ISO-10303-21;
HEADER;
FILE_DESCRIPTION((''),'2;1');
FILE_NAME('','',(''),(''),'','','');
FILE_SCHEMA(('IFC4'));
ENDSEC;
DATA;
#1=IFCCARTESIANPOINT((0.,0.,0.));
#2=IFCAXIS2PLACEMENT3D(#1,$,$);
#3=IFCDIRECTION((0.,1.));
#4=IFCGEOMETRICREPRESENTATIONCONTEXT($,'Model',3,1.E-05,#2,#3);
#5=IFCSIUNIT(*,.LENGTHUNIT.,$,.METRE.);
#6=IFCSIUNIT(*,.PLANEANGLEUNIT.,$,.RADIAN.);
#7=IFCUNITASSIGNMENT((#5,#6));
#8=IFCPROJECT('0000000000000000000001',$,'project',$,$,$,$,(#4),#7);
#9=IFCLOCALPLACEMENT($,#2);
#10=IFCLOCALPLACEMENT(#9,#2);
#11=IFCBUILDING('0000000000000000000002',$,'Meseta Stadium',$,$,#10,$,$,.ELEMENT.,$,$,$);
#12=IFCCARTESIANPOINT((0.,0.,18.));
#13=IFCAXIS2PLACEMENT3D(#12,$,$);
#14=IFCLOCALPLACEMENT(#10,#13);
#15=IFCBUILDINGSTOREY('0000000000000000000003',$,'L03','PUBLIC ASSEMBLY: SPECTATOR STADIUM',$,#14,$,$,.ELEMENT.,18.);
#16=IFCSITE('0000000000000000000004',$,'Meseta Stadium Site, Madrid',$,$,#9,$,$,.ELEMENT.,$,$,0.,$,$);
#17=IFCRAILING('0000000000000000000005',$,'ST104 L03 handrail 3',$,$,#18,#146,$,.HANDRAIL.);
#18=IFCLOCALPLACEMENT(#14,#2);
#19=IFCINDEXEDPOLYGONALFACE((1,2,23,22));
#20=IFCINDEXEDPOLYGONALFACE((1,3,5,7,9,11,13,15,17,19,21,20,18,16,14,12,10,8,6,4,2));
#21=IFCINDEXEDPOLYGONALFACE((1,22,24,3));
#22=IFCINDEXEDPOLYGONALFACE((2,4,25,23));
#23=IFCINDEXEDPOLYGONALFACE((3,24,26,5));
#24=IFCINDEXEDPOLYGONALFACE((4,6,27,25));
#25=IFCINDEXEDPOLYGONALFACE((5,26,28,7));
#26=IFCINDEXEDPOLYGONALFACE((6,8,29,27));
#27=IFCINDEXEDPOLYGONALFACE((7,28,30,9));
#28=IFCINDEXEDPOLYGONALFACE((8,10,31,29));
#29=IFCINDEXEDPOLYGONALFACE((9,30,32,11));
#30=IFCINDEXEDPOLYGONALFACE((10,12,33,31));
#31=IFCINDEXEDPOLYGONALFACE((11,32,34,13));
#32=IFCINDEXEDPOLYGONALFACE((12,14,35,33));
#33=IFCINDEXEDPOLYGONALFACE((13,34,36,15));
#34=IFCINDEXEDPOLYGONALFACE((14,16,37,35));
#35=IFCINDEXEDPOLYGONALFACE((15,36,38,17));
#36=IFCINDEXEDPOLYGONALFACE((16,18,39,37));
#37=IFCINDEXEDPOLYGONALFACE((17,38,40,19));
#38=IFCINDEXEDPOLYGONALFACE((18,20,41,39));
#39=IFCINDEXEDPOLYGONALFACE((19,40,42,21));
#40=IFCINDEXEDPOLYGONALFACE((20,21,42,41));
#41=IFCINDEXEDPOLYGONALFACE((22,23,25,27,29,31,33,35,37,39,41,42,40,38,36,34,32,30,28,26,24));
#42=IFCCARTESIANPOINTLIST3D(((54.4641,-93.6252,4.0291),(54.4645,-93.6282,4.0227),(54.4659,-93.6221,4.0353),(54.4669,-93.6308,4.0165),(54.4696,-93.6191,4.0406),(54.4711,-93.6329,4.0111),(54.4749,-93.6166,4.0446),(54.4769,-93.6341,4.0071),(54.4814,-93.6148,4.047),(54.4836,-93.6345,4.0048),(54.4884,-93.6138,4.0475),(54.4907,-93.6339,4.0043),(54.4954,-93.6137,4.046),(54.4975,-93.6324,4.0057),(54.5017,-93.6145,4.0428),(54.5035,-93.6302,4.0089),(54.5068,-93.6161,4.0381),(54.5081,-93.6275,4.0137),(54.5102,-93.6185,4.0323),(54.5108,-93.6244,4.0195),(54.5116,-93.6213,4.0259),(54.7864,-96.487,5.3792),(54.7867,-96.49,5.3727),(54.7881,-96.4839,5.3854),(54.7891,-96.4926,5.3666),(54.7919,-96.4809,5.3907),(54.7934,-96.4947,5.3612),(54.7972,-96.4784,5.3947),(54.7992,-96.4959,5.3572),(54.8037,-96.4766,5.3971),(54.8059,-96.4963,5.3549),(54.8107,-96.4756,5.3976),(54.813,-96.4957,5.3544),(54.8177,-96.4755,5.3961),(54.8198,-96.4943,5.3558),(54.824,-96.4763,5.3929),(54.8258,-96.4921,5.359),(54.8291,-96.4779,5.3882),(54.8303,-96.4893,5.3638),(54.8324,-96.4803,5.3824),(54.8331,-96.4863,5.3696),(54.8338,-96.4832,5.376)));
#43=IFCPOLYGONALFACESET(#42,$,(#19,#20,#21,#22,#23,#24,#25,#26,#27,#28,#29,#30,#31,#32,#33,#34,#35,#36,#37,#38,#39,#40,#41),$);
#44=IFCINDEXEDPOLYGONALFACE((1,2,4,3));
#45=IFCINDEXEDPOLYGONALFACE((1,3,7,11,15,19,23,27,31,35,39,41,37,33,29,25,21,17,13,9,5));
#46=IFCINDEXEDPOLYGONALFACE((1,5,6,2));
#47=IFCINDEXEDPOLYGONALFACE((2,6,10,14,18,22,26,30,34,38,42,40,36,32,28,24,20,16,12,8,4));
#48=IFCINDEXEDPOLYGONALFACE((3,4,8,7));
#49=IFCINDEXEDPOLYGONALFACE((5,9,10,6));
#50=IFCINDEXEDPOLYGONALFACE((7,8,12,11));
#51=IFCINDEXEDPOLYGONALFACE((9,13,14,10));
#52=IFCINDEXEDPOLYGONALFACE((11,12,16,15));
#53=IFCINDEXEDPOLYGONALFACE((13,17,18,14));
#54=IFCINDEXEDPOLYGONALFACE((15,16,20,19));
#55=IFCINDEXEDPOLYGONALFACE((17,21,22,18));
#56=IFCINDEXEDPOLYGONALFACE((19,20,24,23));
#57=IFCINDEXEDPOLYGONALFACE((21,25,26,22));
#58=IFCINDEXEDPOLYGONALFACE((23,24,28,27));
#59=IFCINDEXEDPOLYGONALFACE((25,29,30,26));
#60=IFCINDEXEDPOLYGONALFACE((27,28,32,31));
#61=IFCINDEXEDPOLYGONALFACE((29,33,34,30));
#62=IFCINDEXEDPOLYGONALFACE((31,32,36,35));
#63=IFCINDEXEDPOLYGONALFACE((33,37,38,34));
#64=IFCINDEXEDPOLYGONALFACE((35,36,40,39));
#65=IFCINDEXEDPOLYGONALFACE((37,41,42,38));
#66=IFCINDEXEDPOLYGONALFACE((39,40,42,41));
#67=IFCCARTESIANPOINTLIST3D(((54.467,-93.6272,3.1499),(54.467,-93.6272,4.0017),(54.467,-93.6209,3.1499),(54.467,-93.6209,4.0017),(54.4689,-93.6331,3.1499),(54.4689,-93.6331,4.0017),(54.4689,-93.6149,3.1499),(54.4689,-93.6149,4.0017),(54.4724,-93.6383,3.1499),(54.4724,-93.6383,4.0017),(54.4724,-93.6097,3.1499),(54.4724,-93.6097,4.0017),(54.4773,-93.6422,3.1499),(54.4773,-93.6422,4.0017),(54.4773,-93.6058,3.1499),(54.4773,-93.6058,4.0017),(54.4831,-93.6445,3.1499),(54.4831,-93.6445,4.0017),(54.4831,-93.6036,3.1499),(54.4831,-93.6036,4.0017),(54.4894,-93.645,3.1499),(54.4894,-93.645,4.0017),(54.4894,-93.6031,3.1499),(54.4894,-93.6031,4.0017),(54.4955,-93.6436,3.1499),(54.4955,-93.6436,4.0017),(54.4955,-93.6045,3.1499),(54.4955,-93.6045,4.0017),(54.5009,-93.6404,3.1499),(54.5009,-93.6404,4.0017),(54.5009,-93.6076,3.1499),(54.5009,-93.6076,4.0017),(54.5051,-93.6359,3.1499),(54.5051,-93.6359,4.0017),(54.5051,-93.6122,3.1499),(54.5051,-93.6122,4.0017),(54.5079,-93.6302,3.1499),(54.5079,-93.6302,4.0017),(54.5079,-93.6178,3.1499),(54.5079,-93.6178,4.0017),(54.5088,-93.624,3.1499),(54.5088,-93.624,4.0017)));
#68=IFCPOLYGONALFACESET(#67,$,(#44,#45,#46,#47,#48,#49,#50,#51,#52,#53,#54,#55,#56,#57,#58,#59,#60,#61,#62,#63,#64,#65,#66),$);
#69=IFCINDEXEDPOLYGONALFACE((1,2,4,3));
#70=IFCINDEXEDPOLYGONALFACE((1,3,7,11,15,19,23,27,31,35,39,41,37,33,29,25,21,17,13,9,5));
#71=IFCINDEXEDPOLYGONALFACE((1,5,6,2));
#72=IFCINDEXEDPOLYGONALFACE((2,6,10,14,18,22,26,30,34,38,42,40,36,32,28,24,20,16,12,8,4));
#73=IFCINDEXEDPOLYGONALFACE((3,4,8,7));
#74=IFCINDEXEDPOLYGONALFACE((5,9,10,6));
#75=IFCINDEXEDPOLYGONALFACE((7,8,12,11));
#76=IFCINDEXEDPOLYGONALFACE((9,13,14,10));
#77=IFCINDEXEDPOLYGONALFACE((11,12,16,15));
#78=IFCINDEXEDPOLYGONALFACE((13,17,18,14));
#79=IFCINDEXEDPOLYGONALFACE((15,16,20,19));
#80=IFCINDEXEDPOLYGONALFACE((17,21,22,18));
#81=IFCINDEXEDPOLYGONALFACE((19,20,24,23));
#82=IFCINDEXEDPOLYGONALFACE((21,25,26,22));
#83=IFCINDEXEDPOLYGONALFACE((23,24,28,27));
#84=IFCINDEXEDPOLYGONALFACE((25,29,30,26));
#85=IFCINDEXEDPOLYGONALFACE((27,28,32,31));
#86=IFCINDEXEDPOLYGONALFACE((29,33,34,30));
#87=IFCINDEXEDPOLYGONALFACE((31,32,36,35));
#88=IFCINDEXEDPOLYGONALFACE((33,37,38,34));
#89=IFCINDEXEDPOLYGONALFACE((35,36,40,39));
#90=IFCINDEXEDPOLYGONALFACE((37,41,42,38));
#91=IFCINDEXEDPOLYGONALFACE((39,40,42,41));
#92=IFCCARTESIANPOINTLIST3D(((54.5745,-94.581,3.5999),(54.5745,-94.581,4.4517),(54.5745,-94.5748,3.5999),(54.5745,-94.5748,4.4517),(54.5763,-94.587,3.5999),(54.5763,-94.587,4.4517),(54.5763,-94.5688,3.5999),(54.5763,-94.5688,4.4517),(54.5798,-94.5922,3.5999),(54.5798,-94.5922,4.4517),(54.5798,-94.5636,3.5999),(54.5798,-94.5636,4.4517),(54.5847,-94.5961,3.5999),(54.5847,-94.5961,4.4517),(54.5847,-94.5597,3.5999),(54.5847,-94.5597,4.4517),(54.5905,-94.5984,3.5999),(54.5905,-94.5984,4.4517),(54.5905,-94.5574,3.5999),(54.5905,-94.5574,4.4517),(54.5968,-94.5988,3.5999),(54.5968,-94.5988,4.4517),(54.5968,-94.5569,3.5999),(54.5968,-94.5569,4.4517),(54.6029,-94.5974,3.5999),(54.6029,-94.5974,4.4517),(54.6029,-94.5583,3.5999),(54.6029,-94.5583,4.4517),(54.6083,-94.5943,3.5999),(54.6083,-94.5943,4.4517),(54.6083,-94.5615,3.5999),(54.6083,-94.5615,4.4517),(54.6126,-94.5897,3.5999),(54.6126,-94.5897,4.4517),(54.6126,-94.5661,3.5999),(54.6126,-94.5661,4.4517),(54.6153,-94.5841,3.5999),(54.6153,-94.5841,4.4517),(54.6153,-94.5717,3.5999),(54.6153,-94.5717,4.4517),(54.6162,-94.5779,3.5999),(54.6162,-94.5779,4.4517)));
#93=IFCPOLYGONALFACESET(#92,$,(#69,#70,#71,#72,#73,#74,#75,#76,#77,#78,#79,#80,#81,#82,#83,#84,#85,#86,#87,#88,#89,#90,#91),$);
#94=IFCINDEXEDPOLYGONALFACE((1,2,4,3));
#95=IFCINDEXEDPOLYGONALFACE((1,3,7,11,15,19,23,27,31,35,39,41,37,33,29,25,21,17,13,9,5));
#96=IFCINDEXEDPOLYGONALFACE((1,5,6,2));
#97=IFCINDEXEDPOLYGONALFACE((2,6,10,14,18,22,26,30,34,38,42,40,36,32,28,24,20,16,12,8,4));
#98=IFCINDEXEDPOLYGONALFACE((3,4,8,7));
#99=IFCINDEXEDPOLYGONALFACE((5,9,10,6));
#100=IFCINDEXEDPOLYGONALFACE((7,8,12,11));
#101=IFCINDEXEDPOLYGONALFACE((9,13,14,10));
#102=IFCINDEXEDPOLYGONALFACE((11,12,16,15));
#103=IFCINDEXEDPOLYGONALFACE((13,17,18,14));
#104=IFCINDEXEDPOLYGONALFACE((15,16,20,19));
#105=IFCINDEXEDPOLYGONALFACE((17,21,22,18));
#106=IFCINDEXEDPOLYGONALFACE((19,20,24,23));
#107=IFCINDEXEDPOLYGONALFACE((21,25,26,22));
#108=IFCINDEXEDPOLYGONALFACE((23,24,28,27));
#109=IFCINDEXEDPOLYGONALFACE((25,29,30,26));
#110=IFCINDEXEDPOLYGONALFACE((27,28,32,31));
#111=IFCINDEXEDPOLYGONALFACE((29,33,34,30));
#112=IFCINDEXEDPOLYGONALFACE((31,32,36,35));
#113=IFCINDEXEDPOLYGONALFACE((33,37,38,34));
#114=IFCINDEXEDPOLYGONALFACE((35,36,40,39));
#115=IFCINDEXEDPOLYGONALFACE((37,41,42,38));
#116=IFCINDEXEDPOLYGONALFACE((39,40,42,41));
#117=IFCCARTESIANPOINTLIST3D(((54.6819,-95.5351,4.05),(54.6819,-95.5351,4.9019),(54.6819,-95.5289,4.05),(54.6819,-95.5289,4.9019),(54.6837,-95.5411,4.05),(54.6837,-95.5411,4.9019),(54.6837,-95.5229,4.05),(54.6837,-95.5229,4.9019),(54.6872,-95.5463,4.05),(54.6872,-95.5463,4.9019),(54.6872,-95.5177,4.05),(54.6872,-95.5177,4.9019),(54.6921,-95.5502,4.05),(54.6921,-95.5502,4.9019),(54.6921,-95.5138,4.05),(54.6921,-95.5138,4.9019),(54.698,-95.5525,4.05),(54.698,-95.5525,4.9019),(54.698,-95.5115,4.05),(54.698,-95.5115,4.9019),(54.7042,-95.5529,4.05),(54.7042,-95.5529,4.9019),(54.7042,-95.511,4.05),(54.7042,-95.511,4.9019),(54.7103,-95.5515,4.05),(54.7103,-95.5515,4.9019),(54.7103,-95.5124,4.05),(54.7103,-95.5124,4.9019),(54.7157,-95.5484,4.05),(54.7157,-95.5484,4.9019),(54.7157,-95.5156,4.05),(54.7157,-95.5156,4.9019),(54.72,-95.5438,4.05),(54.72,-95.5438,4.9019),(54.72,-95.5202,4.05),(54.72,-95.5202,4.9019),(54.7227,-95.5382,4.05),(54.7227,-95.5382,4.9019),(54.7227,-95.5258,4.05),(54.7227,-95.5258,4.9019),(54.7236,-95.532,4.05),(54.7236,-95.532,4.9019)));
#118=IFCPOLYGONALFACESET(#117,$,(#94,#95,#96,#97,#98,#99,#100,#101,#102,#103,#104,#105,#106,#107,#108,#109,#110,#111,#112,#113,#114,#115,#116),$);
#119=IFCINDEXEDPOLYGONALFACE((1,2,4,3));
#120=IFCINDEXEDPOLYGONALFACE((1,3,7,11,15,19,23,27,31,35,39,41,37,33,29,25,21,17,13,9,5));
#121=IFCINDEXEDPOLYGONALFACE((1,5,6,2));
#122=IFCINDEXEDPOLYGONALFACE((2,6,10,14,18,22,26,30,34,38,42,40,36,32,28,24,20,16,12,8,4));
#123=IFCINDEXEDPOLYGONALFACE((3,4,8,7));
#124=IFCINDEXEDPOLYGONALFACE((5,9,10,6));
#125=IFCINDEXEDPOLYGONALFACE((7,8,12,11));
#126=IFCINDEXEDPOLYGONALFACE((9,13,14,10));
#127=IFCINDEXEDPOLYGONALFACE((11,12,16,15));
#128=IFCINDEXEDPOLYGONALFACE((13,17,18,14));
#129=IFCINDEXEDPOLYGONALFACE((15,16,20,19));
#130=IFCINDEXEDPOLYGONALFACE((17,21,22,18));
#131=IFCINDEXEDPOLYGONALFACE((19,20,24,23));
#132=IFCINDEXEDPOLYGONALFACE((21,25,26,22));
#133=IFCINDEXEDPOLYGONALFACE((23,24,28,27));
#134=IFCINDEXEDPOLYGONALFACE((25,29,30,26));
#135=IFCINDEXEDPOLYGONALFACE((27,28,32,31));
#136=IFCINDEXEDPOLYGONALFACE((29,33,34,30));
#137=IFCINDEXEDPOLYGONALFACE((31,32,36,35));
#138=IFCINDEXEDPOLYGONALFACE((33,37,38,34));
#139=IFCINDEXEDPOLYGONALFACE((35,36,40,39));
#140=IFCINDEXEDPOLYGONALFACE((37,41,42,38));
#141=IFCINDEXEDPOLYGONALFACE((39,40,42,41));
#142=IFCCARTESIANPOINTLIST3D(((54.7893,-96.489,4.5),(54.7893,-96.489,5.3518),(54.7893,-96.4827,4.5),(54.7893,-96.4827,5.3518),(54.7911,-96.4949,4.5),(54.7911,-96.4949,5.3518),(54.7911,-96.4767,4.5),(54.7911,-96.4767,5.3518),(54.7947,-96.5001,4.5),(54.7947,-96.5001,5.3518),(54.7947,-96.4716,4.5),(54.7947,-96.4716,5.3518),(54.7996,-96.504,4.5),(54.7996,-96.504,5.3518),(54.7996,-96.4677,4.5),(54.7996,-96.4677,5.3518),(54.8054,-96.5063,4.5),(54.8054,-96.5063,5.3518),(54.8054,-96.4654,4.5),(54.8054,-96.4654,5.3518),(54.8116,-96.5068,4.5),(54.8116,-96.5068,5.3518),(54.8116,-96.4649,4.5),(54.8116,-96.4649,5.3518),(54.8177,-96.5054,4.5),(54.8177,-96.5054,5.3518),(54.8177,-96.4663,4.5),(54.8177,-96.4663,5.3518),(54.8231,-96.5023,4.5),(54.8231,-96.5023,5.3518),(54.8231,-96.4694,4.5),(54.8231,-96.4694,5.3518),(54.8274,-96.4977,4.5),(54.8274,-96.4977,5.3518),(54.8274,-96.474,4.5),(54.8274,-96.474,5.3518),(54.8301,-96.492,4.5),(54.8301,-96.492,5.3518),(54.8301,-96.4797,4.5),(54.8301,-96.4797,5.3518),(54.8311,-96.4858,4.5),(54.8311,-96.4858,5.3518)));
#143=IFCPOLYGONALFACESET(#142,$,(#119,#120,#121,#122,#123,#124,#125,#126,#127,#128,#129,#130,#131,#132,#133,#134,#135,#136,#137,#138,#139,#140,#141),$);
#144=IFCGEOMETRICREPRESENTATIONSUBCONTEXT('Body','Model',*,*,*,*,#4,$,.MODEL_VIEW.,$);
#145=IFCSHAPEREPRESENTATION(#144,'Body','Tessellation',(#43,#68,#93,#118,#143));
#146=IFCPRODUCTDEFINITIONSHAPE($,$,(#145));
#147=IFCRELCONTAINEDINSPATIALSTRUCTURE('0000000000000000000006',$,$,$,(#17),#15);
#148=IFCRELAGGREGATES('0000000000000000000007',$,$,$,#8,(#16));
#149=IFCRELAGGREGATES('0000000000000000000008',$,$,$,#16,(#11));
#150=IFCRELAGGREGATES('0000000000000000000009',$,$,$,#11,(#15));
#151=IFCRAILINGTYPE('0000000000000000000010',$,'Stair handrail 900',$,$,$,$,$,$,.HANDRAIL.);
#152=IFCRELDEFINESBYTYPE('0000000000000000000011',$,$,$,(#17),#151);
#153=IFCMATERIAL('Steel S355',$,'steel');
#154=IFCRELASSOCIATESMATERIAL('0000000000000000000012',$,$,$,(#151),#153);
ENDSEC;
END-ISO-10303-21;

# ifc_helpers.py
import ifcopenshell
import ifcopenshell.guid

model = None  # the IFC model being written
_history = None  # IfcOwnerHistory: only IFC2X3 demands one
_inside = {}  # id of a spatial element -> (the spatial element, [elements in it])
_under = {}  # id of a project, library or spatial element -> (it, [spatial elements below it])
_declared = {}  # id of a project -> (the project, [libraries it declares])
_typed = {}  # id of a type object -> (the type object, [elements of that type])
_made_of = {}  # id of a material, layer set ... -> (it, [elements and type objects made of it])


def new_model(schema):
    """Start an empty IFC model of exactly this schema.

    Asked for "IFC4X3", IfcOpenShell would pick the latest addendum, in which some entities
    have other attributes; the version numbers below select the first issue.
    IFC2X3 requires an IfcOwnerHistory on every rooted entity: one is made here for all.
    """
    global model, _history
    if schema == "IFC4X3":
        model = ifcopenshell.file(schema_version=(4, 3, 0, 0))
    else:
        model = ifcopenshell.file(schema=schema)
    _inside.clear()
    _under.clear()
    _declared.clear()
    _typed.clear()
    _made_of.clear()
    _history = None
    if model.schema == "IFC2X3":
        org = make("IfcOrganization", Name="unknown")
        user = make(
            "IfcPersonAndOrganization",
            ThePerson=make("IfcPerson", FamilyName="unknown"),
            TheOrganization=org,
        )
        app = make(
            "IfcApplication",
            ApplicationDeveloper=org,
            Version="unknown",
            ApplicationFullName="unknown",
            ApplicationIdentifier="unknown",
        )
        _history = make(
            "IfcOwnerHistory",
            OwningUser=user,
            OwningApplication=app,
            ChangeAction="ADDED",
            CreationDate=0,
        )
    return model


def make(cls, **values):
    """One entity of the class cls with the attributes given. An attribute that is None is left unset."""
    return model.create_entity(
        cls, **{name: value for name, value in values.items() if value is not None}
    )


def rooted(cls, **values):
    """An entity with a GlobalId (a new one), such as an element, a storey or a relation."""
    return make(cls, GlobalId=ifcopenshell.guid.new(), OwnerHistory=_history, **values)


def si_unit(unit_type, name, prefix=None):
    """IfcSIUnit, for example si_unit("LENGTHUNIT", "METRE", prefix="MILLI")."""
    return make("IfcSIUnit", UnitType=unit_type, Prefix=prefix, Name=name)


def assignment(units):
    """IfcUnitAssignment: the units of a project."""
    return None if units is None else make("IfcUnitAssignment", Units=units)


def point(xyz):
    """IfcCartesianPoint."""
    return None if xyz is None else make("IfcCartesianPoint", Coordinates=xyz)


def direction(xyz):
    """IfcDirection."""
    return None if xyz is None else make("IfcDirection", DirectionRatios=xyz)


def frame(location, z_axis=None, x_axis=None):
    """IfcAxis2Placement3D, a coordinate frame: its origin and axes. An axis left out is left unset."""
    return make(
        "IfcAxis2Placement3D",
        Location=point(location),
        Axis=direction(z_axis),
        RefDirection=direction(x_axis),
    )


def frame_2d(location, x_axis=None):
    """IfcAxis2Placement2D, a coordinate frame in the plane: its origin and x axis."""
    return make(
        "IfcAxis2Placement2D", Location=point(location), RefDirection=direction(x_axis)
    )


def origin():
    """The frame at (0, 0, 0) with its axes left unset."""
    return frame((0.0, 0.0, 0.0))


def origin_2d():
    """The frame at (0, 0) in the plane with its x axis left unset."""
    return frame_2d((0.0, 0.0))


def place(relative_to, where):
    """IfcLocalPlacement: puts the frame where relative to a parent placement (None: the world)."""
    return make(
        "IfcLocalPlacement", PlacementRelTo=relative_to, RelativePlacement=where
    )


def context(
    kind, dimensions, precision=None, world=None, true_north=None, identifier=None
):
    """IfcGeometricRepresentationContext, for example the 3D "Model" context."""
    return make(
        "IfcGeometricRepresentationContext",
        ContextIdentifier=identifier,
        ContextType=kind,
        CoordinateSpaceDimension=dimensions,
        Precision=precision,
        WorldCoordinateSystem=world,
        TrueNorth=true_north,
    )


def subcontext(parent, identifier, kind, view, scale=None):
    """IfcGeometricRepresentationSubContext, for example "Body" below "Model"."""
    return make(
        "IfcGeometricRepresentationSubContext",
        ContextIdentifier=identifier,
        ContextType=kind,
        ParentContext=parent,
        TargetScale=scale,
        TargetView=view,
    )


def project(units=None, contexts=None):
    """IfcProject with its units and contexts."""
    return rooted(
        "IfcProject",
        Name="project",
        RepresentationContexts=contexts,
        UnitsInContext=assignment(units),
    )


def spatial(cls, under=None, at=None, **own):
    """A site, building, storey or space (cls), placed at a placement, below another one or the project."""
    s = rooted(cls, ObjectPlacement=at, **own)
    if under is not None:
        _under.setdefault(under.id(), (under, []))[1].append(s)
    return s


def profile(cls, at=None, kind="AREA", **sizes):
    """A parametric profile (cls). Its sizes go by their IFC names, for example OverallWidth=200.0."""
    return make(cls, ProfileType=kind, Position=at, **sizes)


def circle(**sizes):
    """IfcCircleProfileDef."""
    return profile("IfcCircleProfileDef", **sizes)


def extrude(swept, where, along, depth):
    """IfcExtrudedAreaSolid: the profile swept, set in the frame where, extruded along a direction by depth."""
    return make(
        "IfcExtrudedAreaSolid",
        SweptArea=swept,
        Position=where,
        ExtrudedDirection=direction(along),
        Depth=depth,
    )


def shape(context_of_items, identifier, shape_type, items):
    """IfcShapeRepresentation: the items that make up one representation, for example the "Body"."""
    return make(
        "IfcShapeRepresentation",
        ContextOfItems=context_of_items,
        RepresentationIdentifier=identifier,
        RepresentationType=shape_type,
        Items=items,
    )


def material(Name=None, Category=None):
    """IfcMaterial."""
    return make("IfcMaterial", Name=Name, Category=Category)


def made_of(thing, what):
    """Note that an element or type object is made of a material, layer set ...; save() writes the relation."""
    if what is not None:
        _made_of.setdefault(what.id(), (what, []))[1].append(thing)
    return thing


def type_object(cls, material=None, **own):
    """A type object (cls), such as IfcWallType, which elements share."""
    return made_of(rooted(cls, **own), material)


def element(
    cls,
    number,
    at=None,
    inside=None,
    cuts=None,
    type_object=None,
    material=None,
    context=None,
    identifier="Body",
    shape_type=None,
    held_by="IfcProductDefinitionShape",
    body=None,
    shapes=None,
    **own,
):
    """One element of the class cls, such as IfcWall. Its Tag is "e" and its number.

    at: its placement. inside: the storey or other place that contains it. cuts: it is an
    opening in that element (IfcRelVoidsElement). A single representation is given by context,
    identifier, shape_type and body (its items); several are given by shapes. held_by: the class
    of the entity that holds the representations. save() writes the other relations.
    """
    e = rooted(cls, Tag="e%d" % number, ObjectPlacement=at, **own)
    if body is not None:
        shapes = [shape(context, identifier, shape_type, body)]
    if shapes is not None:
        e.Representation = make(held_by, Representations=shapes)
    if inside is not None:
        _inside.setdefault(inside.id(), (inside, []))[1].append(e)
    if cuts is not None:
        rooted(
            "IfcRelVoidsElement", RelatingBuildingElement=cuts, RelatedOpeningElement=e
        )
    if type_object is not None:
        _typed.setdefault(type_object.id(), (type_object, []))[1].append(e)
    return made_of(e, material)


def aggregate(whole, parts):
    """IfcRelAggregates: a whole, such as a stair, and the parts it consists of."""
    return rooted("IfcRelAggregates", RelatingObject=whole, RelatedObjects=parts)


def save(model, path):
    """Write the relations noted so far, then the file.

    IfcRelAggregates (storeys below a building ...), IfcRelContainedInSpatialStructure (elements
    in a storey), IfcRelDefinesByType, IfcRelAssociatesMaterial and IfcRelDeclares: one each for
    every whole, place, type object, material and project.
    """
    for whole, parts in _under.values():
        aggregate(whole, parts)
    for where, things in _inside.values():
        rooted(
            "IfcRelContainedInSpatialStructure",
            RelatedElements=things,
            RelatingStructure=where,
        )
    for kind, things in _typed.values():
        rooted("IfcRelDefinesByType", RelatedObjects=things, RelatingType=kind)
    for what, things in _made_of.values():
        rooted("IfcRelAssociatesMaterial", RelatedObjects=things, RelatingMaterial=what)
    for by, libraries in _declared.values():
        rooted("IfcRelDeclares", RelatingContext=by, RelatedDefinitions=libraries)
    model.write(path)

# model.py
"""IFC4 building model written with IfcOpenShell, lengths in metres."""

from ifc_helpers import new_model, si_unit, direction, frame, origin, origin_2d, place, context, subcontext, project, spatial, circle, extrude, material, type_object, element, save


model = new_model("IFC4")

# Units and contexts
model_context = context("Model", 3, precision=1e-05, world=origin(), true_north=direction((0.0, 1.0)))
body_context = subcontext(model_context, "Body", "Model", "MODEL_VIEW")
ifc_project = project(units=[si_unit("LENGTHUNIT", "METRE"), si_unit("PLANEANGLEUNIT", "RADIAN")], contexts=[model_context])

# Site, building, storey
site_placement = place(None, origin())
site = spatial("IfcSite", under=ifc_project, at=site_placement, Name="Meseta Stadium Site, Madrid", CompositionType="ELEMENT", RefElevation=0.0)
building_placement = place(site_placement, origin())
building = spatial("IfcBuilding", under=site, at=building_placement, Name="Meseta Stadium", CompositionType="ELEMENT")
storey_placement = place(building_placement, frame((0.0, 0.0, 18.0)))
storey = spatial("IfcBuildingStorey", under=building, at=storey_placement, Name="L03", Description="PUBLIC ASSEMBLY: SPECTATOR STADIUM", CompositionType="ELEMENT", Elevation=18.0)

# Railing
ifc_material_1 = material(Name="Steel S355", Category="steel")
railing_type_1 = type_object("IfcRailingType", Name="Stair handrail 900", PredefinedType="HANDRAIL", material=ifc_material_1)
for number, where, name in (
    (1, (54.4878, -93.624, 3.1499), "ST104 L03 handrail 3"),
):
    element("IfcRailing", number, at=place(storey_placement, frame(where)), inside=storey, type_object=railing_type_1, Name=name, PredefinedType="HANDRAIL", context=body_context, shape_type="SweptSolid", body=[
        extrude(circle(Radius=0.0239, at=origin_2d()), frame((0.0, 0.0, 0.876), z_axis=(0.10132, -0.899755, 0.424471), x_axis=(0.993719, 0.111902, 0.0)), (0.0, 0.0, 1.0), 3.1807),
        extrude(circle(Radius=0.021, at=origin_2d()), origin(), (0.0, 0.0, 1.0), 0.8518),
        extrude(circle(Radius=0.021, at=origin_2d()), frame((0.1074, -0.9539, 0.45)), (0.0, 0.0, 1.0), 0.8518),
        extrude(circle(Radius=0.021, at=origin_2d()), frame((0.2148, -1.908, 0.9001)), (0.0, 0.0, 1.0), 0.8518),
        extrude(circle(Radius=0.021, at=origin_2d()), frame((0.3223, -2.8618, 1.3501)), (0.0, 0.0, 1.0), 0.8518),
    ])

save(model, "model.ifc")
